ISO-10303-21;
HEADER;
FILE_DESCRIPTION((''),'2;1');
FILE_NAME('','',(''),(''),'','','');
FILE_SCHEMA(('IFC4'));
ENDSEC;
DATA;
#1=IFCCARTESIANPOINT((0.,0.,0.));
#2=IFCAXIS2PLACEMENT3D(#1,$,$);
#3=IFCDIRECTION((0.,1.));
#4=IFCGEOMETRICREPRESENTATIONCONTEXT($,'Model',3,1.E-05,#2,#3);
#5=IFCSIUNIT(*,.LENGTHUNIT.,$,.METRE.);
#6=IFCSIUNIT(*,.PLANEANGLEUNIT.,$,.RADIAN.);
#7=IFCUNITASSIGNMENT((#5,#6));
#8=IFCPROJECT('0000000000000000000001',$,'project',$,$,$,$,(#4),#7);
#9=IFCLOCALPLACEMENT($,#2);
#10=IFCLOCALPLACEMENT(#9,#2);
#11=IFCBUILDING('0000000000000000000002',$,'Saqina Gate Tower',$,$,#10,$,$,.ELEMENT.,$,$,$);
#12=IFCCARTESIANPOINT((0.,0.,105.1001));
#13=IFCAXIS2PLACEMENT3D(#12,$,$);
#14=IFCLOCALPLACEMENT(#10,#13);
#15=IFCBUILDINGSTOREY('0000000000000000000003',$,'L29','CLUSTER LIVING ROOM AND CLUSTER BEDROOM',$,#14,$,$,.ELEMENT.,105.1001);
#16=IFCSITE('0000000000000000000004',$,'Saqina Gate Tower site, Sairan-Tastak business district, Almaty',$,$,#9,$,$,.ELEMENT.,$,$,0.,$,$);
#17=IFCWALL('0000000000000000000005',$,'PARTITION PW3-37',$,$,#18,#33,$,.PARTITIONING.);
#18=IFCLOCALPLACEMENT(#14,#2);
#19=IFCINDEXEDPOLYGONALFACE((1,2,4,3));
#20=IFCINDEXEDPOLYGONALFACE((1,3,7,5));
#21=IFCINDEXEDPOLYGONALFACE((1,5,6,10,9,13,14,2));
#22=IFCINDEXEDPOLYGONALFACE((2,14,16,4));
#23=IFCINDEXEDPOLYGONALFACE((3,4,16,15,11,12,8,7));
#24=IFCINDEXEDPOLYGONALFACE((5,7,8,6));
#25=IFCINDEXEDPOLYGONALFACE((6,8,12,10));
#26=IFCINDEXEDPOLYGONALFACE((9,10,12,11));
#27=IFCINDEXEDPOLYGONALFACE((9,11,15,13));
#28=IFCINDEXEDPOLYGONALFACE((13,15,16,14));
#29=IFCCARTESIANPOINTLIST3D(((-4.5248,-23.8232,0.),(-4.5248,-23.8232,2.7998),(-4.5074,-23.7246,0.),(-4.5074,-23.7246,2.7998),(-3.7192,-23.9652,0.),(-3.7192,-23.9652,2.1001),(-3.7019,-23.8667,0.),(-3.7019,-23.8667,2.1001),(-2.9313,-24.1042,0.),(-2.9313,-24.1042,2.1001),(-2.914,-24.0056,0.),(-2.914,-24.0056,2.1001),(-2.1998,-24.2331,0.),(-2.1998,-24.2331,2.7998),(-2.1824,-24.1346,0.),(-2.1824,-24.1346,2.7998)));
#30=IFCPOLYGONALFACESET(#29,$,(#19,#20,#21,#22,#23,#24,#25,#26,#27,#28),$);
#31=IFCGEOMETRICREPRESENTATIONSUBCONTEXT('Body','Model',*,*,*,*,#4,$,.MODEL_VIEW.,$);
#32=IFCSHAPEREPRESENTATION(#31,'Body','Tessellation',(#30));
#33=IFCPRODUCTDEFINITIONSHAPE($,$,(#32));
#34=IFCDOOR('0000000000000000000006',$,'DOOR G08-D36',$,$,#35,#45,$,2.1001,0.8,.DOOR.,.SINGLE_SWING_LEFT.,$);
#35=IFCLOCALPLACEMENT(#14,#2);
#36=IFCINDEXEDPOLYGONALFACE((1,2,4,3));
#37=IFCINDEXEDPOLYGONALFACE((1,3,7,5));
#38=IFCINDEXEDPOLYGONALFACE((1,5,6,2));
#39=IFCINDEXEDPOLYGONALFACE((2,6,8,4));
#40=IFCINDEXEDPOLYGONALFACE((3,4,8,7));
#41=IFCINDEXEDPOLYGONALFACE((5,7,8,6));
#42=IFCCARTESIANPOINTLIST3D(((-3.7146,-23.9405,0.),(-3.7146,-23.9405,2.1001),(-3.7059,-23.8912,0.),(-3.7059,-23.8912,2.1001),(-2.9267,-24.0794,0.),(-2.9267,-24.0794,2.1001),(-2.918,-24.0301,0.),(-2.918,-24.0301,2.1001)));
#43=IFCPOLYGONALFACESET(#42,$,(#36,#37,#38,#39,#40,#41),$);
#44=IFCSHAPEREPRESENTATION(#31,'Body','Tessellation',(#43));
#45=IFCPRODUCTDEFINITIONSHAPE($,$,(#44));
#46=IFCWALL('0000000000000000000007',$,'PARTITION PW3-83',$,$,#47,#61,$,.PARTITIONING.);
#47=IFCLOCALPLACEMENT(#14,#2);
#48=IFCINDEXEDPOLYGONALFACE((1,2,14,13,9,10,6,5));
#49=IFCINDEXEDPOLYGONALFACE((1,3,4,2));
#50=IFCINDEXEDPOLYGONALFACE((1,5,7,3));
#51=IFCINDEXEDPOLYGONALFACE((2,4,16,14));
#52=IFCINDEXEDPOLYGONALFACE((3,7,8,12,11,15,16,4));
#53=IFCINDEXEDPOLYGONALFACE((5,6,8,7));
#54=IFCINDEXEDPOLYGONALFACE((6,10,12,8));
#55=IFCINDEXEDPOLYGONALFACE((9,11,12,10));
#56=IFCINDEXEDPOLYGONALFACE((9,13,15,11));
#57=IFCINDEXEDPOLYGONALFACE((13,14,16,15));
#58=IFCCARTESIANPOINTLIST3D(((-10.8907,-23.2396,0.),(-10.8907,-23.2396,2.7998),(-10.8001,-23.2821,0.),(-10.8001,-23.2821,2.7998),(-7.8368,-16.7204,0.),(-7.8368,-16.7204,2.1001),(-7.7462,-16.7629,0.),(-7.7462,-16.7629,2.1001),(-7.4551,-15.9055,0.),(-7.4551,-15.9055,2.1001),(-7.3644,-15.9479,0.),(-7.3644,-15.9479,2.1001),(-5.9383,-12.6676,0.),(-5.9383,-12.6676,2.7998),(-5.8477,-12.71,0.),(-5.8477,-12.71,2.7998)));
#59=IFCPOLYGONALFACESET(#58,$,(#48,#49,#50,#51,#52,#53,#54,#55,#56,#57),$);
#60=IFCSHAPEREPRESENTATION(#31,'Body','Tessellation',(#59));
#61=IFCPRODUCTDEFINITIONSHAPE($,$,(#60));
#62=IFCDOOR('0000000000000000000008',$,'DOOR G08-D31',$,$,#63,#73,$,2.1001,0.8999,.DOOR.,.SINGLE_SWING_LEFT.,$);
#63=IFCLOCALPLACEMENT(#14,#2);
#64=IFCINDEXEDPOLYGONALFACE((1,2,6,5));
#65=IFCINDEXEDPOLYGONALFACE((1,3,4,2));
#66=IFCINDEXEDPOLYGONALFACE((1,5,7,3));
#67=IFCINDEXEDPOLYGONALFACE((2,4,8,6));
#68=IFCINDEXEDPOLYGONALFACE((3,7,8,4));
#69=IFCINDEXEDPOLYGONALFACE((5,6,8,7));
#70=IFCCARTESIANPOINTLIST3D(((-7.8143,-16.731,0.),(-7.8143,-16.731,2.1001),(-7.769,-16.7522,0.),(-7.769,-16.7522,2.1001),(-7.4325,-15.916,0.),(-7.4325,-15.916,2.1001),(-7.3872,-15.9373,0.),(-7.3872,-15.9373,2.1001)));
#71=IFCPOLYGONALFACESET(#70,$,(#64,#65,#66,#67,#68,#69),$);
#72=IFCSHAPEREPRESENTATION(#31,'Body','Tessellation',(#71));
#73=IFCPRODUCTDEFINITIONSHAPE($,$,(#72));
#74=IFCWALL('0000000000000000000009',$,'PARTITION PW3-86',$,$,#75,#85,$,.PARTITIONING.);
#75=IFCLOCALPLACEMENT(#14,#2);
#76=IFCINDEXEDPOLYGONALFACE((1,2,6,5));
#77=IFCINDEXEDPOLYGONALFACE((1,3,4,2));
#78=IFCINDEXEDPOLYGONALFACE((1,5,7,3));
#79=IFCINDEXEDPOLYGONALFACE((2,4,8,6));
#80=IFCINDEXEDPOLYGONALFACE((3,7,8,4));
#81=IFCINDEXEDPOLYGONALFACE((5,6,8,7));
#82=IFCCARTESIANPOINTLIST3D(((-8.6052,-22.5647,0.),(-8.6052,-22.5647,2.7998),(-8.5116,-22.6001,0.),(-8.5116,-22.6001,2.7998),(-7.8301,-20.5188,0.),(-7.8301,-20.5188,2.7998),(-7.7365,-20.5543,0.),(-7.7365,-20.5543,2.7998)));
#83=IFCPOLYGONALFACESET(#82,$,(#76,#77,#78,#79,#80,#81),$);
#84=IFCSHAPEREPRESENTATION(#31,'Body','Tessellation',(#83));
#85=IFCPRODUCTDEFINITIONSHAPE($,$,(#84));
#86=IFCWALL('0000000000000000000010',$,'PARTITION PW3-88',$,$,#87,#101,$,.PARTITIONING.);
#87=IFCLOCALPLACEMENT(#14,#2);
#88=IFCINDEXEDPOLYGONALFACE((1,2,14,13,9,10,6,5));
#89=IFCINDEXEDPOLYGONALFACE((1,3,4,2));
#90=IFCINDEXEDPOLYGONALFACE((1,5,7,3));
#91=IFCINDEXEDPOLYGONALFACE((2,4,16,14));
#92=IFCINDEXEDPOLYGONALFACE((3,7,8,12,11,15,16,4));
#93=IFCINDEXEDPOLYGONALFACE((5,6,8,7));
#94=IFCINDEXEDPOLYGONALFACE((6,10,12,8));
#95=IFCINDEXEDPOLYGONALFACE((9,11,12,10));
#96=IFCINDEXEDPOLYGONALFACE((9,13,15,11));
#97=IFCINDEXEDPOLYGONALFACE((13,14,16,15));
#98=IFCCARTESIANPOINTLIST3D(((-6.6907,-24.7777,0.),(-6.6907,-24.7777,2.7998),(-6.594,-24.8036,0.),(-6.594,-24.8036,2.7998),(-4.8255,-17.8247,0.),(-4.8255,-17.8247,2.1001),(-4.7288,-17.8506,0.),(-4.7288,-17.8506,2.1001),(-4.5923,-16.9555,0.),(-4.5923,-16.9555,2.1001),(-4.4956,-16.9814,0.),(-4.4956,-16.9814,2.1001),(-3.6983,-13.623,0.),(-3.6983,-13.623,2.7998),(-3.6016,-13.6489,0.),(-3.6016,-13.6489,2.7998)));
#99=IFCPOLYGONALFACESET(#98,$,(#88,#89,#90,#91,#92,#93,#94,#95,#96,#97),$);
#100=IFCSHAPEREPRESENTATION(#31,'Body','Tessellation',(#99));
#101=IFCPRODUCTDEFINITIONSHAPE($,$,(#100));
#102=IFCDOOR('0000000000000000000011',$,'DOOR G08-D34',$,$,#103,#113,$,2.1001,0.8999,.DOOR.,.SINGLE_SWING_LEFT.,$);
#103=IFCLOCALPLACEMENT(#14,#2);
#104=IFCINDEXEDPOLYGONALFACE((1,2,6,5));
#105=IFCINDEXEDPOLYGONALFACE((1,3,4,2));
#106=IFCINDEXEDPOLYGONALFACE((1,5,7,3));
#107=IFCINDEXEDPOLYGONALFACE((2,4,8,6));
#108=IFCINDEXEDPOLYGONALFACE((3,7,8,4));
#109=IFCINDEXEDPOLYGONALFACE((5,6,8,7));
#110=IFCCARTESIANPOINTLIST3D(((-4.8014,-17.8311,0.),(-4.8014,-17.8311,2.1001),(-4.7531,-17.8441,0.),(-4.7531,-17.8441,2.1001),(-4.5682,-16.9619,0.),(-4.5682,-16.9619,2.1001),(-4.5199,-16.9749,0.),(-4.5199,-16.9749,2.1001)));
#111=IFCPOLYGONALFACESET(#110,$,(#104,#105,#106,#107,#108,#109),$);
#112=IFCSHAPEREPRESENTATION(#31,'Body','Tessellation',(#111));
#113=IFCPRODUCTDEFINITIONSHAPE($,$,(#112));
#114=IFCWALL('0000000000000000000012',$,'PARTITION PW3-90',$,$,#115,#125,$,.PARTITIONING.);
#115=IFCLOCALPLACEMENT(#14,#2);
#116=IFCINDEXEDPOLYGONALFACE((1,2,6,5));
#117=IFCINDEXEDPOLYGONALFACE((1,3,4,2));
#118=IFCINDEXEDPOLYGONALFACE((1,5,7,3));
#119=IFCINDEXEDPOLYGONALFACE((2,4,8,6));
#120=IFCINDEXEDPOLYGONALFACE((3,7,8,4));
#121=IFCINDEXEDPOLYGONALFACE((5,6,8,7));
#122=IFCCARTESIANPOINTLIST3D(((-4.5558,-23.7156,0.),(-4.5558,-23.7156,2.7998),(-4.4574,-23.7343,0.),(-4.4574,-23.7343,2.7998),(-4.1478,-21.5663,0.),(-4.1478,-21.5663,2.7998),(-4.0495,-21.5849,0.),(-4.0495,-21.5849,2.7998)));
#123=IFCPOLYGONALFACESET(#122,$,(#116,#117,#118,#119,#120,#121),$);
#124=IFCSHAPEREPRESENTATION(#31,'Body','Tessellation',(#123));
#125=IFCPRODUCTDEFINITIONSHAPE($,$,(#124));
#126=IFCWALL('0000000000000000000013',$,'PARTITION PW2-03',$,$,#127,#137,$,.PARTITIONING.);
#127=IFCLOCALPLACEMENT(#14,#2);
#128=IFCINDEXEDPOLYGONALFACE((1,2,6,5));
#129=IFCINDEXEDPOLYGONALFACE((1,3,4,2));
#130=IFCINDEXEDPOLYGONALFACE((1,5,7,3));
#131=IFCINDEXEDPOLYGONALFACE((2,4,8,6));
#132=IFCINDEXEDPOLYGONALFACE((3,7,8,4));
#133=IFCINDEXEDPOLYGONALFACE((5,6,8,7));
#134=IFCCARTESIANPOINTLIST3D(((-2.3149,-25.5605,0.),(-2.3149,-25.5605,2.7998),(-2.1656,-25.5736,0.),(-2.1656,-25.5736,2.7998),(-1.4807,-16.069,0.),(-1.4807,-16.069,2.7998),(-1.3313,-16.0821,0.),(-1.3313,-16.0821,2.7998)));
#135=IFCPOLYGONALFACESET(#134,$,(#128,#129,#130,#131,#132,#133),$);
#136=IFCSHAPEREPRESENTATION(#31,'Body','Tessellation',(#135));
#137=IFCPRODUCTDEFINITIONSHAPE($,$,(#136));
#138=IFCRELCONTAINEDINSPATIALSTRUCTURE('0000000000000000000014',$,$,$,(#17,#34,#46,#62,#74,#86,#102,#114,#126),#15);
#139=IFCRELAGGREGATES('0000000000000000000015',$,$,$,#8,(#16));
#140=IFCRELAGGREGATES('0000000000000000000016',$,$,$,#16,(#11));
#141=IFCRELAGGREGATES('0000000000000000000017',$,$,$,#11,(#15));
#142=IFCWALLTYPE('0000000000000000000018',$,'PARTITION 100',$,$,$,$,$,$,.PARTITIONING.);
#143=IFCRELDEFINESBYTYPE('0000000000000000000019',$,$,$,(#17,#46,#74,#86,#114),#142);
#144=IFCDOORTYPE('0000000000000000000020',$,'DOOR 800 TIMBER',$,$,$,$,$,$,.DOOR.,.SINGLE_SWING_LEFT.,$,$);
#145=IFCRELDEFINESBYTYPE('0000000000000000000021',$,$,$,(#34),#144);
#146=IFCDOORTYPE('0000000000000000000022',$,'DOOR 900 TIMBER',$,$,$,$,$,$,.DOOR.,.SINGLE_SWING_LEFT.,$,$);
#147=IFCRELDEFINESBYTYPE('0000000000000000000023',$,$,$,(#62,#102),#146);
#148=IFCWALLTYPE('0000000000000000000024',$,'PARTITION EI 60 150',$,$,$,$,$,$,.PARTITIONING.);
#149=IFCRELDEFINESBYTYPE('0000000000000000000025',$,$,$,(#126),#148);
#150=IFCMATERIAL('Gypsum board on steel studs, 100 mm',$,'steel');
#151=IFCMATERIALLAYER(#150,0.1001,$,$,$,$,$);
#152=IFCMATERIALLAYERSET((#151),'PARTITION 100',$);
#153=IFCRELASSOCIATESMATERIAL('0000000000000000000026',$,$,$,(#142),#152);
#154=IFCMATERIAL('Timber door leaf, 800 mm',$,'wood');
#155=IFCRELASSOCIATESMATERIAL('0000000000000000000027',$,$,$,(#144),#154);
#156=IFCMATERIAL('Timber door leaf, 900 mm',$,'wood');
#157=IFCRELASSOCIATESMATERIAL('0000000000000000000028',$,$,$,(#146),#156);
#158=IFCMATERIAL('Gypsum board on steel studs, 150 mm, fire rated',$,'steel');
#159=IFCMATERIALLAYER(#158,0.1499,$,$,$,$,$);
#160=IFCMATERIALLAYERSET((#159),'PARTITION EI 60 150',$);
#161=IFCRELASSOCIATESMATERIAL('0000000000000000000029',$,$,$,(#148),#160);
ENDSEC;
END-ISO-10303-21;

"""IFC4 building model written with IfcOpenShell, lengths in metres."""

from ifc_helpers import new_model, si_unit, direction, frame, frame_2d, origin, place, context, subcontext, project, spatial, rectangle, extrude, material, layer, layer_set, type_object, element, fill, save


model = new_model("IFC4")

# Units and contexts
model_context = context("Model", 3, precision=1e-05, world=origin(), true_north=direction((0.0, 1.0)))
body_context = subcontext(model_context, "Body", "Model", "MODEL_VIEW")
ifc_project = project(units=[si_unit("LENGTHUNIT", "METRE"), si_unit("PLANEANGLEUNIT", "RADIAN")], contexts=[model_context])

# Site, building, storey
site_placement = place(None, origin())
site = spatial("IfcSite", under=ifc_project, at=site_placement, Name="Saqina Gate Tower site, Sairan-Tastak business district, Almaty", CompositionType="ELEMENT", RefElevation=0.0)
building_placement = place(site_placement, origin())
building = spatial("IfcBuilding", under=site, at=building_placement, Name="Saqina Gate Tower", CompositionType="ELEMENT")
storey_placement = place(building_placement, frame((0.0, 0.0, 105.1001)))
storey = spatial("IfcBuildingStorey", under=building, at=storey_placement, Name="L29", Description="CLUSTER LIVING ROOM AND CLUSTER BEDROOM", CompositionType="ELEMENT", Elevation=105.1001)

# Walls, openings, doors
ifc_material_1 = material(Name="Gypsum board on steel studs, 100 mm", Category="steel")
ifc_layer_1 = layer(ifc_material_1, 0.1001)
ifc_layer_set_1 = layer_set([ifc_layer_1], Name="PARTITION 100")
wall_type_1 = type_object("IfcWallType", Name="PARTITION 100", PredefinedType="PARTITIONING", material=ifc_layer_set_1)
ifc_material_2 = material(Name="Timber door leaf, 800 mm", Category="wood")
door_type_1 = type_object("IfcDoorType", Name="DOOR 800 TIMBER", OperationType="SINGLE_SWING_LEFT", PredefinedType="DOOR", material=ifc_material_2)
wall_1_placement = place(storey_placement, frame((-4.5161, -23.7739, 0.0), z_axis=(0.0, 0.0, 1.0), x_axis=(0.984811, -0.173632, 0.0)))
wall_1 = element("IfcWall", 1, at=wall_1_placement, inside=storey, type_object=wall_type_1, Name="PARTITION PW3-37", PredefinedType="PARTITIONING", context=body_context, shape_type="SweptSolid", body=[
    extrude(rectangle(XDim=2.3608, YDim=0.1001, at=frame_2d((1.1804, 0.0))), origin(), (0.0, 0.0, 1.0), 2.7998),
])
opening_1_placement = place(wall_1_placement, frame((0.8181, 0.0, 0.0)))
opening_1 = element("IfcOpeningElement", 2, at=opening_1_placement, cuts=wall_1, PredefinedType="OPENING", context=body_context, shape_type="SweptSolid", body=[
    extrude(rectangle(XDim=0.8, YDim=2.1001, at=frame_2d((0.3999, 1.05))), frame((0.0, 0.062, 0.0), z_axis=(0.0, -1.0, 0.0), x_axis=(1.0, 0.0, 0.0)), (0.0, 0.0, 1.0), 0.124),
])
door_1_placement = place(opening_1_placement, frame((0.8, 0.0, 0.0), z_axis=(0.0, 0.0, 1.0), x_axis=(-1.0, 0.0, 0.0)))
door_1 = element("IfcDoor", 3, at=door_1_placement, inside=storey, type_object=door_type_1, Name="DOOR G08-D36", OperationType="SINGLE_SWING_LEFT", OverallHeight=2.1001, OverallWidth=0.8, PredefinedType="DOOR", context=body_context, shape_type="SweptSolid", body=[
    extrude(rectangle(XDim=0.8, YDim=2.1001, at=frame_2d((0.3999, 1.05))), frame((0.0, 0.0249, 0.0), z_axis=(0.0, -1.0, 0.0), x_axis=(1.0, 0.0, 0.0)), (0.0, 0.0, 1.0), 0.05),
])
fill(opening_1, door_1)
wall_2_placement = place(storey_placement, frame((-10.8455, -23.261, 0.0), z_axis=(0.0, 0.0, 1.0), x_axis=(0.424206, 0.905566, 0.0)))
wall_2 = element("IfcWall", 4, at=wall_2_placement, inside=storey, type_object=wall_type_1, Name="PARTITION PW3-83", PredefinedType="PARTITIONING", context=body_context, shape_type="SweptSolid", body=[
    extrude(rectangle(XDim=11.6746, YDim=0.1001, at=frame_2d((5.8374, 0.0))), origin(), (0.0, 0.0, 1.0), 2.7998),
])
opening_2_placement = place(wall_2_placement, frame((7.1992, 0.0, 0.0)))
opening_2 = element("IfcOpeningElement", 5, at=opening_2_placement, cuts=wall_2, PredefinedType="OPENING", context=body_context, shape_type="SweptSolid", body=[
    extrude(rectangle(XDim=0.8999, YDim=2.1001, at=frame_2d((0.45, 1.05))), frame((0.0, 0.062, 0.0), z_axis=(0.0, -1.0, 0.0), x_axis=(1.0, 0.0, 0.0)), (0.0, 0.0, 1.0), 0.124),
])
ifc_material_3 = material(Name="Timber door leaf, 900 mm", Category="wood")
door_type_2 = type_object("IfcDoorType", Name="DOOR 900 TIMBER", OperationType="SINGLE_SWING_LEFT", PredefinedType="DOOR", material=ifc_material_3)
door_2_placement = place(opening_2_placement, frame((0.8999, 0.0, 0.0), z_axis=(0.0, 0.0, 1.0), x_axis=(-1.0, 0.0, 0.0)))
door_2 = element("IfcDoor", 6, at=door_2_placement, inside=storey, type_object=door_type_2, Name="DOOR G08-D31", OperationType="SINGLE_SWING_LEFT", OverallHeight=2.1001, OverallWidth=0.8999, PredefinedType="DOOR", context=body_context, shape_type="SweptSolid", body=[
    extrude(rectangle(XDim=0.8999, YDim=2.1001, at=frame_2d((0.45, 1.05))), frame((0.0, 0.0249, 0.0), z_axis=(0.0, -1.0, 0.0), x_axis=(1.0, 0.0, 0.0)), (0.0, 0.0, 1.0), 0.05),
])
fill(opening_2, door_2)

# Wall
wall_3_placement = place(storey_placement, frame((-8.5583, -22.5823, 0.0), z_axis=(0.0, 0.0, 1.0), x_axis=(0.354301, 0.935131, 0.0)))
element("IfcWall", 7, at=wall_3_placement, inside=storey, type_object=wall_type_1, Name="PARTITION PW3-86", PredefinedType="PARTITIONING", context=body_context, shape_type="SweptSolid", body=[
    extrude(rectangle(XDim=2.1877, YDim=0.1001, at=frame_2d((1.0938, 0.0))), origin(), (0.0, 0.0, 1.0), 2.7998),
])

# Wall, opening, door
wall_4_placement = place(storey_placement, frame((-6.6423, -24.7905, 0.0), z_axis=(0.0, 0.0, 1.0), x_axis=(0.259103, 0.96585, 0.0)))
wall_4 = element("IfcWall", 8, at=wall_4_placement, inside=storey, type_object=wall_type_1, Name="PARTITION PW3-88", PredefinedType="PARTITIONING", context=body_context, shape_type="SweptSolid", body=[
    extrude(rectangle(XDim=11.5491, YDim=0.1001, at=frame_2d((5.7744, 0.0))), origin(), (0.0, 0.0, 1.0), 2.7998),
])
opening_3_placement = place(wall_4_placement, frame((7.1987, 0.0, 0.0)))
opening_3 = element("IfcOpeningElement", 9, at=opening_3_placement, cuts=wall_4, PredefinedType="OPENING", context=body_context, shape_type="SweptSolid", body=[
    extrude(rectangle(XDim=0.8999, YDim=2.1001, at=frame_2d((0.45, 1.05))), frame((0.0, 0.062, 0.0), z_axis=(0.0, -1.0, 0.0), x_axis=(1.0, 0.0, 0.0)), (0.0, 0.0, 1.0), 0.124),
])
door_3_placement = place(opening_3_placement, frame((0.8999, 0.0, 0.0), z_axis=(0.0, 0.0, 1.0), x_axis=(-1.0, 0.0, 0.0)))
door_3 = element("IfcDoor", 10, at=door_3_placement, inside=storey, type_object=door_type_2, Name="DOOR G08-D34", OperationType="SINGLE_SWING_LEFT", OverallHeight=2.1001, OverallWidth=0.8999, PredefinedType="DOOR", context=body_context, shape_type="SweptSolid", body=[
    extrude(rectangle(XDim=0.8999, YDim=2.1001, at=frame_2d((0.45, 1.05))), frame((0.0, 0.0249, 0.0), z_axis=(0.0, -1.0, 0.0), x_axis=(1.0, 0.0, 0.0)), (0.0, 0.0, 1.0), 0.05),
])
fill(opening_3, door_3)

# Walls
wall_5_placement = place(storey_placement, frame((-4.5066, -23.7249, 0.0), z_axis=(0.0, 0.0, 1.0), x_axis=(0.186471, 0.98246, 0.0)))
element("IfcWall", 11, at=wall_5_placement, inside=storey, type_object=wall_type_1, Name="PARTITION PW3-90", PredefinedType="PARTITIONING", context=body_context, shape_type="SweptSolid", body=[
    extrude(rectangle(XDim=2.1877, YDim=0.1001, at=frame_2d((1.0938, 0.0))), origin(), (0.0, 0.0, 1.0), 2.7998),
])
ifc_material_4 = material(Name="Gypsum board on steel studs, 150 mm, fire rated", Category="steel")
ifc_layer_2 = layer(ifc_material_4, 0.1499)
ifc_layer_set_2 = layer_set([ifc_layer_2], Name="PARTITION EI 60 150")
wall_type_2 = type_object("IfcWallType", Name="PARTITION EI 60 150", PredefinedType="PARTITIONING", material=ifc_layer_set_2)
wall_6_placement = place(storey_placement, frame((-2.2402, -25.5671, 0.0), z_axis=(0.0, 0.0, 1.0), x_axis=(0.087555, 0.99616, 0.0)))
element("IfcWall", 12, at=wall_6_placement, inside=storey, type_object=wall_type_2, Name="PARTITION PW2-03", PredefinedType="PARTITIONING", context=body_context, shape_type="SweptSolid", body=[
    extrude(rectangle(XDim=9.5281, YDim=0.1499, at=frame_2d((4.7642, 0.0))), origin(), (0.0, 0.0, 1.0), 2.7998),
])

save(model, "model.ifc")
